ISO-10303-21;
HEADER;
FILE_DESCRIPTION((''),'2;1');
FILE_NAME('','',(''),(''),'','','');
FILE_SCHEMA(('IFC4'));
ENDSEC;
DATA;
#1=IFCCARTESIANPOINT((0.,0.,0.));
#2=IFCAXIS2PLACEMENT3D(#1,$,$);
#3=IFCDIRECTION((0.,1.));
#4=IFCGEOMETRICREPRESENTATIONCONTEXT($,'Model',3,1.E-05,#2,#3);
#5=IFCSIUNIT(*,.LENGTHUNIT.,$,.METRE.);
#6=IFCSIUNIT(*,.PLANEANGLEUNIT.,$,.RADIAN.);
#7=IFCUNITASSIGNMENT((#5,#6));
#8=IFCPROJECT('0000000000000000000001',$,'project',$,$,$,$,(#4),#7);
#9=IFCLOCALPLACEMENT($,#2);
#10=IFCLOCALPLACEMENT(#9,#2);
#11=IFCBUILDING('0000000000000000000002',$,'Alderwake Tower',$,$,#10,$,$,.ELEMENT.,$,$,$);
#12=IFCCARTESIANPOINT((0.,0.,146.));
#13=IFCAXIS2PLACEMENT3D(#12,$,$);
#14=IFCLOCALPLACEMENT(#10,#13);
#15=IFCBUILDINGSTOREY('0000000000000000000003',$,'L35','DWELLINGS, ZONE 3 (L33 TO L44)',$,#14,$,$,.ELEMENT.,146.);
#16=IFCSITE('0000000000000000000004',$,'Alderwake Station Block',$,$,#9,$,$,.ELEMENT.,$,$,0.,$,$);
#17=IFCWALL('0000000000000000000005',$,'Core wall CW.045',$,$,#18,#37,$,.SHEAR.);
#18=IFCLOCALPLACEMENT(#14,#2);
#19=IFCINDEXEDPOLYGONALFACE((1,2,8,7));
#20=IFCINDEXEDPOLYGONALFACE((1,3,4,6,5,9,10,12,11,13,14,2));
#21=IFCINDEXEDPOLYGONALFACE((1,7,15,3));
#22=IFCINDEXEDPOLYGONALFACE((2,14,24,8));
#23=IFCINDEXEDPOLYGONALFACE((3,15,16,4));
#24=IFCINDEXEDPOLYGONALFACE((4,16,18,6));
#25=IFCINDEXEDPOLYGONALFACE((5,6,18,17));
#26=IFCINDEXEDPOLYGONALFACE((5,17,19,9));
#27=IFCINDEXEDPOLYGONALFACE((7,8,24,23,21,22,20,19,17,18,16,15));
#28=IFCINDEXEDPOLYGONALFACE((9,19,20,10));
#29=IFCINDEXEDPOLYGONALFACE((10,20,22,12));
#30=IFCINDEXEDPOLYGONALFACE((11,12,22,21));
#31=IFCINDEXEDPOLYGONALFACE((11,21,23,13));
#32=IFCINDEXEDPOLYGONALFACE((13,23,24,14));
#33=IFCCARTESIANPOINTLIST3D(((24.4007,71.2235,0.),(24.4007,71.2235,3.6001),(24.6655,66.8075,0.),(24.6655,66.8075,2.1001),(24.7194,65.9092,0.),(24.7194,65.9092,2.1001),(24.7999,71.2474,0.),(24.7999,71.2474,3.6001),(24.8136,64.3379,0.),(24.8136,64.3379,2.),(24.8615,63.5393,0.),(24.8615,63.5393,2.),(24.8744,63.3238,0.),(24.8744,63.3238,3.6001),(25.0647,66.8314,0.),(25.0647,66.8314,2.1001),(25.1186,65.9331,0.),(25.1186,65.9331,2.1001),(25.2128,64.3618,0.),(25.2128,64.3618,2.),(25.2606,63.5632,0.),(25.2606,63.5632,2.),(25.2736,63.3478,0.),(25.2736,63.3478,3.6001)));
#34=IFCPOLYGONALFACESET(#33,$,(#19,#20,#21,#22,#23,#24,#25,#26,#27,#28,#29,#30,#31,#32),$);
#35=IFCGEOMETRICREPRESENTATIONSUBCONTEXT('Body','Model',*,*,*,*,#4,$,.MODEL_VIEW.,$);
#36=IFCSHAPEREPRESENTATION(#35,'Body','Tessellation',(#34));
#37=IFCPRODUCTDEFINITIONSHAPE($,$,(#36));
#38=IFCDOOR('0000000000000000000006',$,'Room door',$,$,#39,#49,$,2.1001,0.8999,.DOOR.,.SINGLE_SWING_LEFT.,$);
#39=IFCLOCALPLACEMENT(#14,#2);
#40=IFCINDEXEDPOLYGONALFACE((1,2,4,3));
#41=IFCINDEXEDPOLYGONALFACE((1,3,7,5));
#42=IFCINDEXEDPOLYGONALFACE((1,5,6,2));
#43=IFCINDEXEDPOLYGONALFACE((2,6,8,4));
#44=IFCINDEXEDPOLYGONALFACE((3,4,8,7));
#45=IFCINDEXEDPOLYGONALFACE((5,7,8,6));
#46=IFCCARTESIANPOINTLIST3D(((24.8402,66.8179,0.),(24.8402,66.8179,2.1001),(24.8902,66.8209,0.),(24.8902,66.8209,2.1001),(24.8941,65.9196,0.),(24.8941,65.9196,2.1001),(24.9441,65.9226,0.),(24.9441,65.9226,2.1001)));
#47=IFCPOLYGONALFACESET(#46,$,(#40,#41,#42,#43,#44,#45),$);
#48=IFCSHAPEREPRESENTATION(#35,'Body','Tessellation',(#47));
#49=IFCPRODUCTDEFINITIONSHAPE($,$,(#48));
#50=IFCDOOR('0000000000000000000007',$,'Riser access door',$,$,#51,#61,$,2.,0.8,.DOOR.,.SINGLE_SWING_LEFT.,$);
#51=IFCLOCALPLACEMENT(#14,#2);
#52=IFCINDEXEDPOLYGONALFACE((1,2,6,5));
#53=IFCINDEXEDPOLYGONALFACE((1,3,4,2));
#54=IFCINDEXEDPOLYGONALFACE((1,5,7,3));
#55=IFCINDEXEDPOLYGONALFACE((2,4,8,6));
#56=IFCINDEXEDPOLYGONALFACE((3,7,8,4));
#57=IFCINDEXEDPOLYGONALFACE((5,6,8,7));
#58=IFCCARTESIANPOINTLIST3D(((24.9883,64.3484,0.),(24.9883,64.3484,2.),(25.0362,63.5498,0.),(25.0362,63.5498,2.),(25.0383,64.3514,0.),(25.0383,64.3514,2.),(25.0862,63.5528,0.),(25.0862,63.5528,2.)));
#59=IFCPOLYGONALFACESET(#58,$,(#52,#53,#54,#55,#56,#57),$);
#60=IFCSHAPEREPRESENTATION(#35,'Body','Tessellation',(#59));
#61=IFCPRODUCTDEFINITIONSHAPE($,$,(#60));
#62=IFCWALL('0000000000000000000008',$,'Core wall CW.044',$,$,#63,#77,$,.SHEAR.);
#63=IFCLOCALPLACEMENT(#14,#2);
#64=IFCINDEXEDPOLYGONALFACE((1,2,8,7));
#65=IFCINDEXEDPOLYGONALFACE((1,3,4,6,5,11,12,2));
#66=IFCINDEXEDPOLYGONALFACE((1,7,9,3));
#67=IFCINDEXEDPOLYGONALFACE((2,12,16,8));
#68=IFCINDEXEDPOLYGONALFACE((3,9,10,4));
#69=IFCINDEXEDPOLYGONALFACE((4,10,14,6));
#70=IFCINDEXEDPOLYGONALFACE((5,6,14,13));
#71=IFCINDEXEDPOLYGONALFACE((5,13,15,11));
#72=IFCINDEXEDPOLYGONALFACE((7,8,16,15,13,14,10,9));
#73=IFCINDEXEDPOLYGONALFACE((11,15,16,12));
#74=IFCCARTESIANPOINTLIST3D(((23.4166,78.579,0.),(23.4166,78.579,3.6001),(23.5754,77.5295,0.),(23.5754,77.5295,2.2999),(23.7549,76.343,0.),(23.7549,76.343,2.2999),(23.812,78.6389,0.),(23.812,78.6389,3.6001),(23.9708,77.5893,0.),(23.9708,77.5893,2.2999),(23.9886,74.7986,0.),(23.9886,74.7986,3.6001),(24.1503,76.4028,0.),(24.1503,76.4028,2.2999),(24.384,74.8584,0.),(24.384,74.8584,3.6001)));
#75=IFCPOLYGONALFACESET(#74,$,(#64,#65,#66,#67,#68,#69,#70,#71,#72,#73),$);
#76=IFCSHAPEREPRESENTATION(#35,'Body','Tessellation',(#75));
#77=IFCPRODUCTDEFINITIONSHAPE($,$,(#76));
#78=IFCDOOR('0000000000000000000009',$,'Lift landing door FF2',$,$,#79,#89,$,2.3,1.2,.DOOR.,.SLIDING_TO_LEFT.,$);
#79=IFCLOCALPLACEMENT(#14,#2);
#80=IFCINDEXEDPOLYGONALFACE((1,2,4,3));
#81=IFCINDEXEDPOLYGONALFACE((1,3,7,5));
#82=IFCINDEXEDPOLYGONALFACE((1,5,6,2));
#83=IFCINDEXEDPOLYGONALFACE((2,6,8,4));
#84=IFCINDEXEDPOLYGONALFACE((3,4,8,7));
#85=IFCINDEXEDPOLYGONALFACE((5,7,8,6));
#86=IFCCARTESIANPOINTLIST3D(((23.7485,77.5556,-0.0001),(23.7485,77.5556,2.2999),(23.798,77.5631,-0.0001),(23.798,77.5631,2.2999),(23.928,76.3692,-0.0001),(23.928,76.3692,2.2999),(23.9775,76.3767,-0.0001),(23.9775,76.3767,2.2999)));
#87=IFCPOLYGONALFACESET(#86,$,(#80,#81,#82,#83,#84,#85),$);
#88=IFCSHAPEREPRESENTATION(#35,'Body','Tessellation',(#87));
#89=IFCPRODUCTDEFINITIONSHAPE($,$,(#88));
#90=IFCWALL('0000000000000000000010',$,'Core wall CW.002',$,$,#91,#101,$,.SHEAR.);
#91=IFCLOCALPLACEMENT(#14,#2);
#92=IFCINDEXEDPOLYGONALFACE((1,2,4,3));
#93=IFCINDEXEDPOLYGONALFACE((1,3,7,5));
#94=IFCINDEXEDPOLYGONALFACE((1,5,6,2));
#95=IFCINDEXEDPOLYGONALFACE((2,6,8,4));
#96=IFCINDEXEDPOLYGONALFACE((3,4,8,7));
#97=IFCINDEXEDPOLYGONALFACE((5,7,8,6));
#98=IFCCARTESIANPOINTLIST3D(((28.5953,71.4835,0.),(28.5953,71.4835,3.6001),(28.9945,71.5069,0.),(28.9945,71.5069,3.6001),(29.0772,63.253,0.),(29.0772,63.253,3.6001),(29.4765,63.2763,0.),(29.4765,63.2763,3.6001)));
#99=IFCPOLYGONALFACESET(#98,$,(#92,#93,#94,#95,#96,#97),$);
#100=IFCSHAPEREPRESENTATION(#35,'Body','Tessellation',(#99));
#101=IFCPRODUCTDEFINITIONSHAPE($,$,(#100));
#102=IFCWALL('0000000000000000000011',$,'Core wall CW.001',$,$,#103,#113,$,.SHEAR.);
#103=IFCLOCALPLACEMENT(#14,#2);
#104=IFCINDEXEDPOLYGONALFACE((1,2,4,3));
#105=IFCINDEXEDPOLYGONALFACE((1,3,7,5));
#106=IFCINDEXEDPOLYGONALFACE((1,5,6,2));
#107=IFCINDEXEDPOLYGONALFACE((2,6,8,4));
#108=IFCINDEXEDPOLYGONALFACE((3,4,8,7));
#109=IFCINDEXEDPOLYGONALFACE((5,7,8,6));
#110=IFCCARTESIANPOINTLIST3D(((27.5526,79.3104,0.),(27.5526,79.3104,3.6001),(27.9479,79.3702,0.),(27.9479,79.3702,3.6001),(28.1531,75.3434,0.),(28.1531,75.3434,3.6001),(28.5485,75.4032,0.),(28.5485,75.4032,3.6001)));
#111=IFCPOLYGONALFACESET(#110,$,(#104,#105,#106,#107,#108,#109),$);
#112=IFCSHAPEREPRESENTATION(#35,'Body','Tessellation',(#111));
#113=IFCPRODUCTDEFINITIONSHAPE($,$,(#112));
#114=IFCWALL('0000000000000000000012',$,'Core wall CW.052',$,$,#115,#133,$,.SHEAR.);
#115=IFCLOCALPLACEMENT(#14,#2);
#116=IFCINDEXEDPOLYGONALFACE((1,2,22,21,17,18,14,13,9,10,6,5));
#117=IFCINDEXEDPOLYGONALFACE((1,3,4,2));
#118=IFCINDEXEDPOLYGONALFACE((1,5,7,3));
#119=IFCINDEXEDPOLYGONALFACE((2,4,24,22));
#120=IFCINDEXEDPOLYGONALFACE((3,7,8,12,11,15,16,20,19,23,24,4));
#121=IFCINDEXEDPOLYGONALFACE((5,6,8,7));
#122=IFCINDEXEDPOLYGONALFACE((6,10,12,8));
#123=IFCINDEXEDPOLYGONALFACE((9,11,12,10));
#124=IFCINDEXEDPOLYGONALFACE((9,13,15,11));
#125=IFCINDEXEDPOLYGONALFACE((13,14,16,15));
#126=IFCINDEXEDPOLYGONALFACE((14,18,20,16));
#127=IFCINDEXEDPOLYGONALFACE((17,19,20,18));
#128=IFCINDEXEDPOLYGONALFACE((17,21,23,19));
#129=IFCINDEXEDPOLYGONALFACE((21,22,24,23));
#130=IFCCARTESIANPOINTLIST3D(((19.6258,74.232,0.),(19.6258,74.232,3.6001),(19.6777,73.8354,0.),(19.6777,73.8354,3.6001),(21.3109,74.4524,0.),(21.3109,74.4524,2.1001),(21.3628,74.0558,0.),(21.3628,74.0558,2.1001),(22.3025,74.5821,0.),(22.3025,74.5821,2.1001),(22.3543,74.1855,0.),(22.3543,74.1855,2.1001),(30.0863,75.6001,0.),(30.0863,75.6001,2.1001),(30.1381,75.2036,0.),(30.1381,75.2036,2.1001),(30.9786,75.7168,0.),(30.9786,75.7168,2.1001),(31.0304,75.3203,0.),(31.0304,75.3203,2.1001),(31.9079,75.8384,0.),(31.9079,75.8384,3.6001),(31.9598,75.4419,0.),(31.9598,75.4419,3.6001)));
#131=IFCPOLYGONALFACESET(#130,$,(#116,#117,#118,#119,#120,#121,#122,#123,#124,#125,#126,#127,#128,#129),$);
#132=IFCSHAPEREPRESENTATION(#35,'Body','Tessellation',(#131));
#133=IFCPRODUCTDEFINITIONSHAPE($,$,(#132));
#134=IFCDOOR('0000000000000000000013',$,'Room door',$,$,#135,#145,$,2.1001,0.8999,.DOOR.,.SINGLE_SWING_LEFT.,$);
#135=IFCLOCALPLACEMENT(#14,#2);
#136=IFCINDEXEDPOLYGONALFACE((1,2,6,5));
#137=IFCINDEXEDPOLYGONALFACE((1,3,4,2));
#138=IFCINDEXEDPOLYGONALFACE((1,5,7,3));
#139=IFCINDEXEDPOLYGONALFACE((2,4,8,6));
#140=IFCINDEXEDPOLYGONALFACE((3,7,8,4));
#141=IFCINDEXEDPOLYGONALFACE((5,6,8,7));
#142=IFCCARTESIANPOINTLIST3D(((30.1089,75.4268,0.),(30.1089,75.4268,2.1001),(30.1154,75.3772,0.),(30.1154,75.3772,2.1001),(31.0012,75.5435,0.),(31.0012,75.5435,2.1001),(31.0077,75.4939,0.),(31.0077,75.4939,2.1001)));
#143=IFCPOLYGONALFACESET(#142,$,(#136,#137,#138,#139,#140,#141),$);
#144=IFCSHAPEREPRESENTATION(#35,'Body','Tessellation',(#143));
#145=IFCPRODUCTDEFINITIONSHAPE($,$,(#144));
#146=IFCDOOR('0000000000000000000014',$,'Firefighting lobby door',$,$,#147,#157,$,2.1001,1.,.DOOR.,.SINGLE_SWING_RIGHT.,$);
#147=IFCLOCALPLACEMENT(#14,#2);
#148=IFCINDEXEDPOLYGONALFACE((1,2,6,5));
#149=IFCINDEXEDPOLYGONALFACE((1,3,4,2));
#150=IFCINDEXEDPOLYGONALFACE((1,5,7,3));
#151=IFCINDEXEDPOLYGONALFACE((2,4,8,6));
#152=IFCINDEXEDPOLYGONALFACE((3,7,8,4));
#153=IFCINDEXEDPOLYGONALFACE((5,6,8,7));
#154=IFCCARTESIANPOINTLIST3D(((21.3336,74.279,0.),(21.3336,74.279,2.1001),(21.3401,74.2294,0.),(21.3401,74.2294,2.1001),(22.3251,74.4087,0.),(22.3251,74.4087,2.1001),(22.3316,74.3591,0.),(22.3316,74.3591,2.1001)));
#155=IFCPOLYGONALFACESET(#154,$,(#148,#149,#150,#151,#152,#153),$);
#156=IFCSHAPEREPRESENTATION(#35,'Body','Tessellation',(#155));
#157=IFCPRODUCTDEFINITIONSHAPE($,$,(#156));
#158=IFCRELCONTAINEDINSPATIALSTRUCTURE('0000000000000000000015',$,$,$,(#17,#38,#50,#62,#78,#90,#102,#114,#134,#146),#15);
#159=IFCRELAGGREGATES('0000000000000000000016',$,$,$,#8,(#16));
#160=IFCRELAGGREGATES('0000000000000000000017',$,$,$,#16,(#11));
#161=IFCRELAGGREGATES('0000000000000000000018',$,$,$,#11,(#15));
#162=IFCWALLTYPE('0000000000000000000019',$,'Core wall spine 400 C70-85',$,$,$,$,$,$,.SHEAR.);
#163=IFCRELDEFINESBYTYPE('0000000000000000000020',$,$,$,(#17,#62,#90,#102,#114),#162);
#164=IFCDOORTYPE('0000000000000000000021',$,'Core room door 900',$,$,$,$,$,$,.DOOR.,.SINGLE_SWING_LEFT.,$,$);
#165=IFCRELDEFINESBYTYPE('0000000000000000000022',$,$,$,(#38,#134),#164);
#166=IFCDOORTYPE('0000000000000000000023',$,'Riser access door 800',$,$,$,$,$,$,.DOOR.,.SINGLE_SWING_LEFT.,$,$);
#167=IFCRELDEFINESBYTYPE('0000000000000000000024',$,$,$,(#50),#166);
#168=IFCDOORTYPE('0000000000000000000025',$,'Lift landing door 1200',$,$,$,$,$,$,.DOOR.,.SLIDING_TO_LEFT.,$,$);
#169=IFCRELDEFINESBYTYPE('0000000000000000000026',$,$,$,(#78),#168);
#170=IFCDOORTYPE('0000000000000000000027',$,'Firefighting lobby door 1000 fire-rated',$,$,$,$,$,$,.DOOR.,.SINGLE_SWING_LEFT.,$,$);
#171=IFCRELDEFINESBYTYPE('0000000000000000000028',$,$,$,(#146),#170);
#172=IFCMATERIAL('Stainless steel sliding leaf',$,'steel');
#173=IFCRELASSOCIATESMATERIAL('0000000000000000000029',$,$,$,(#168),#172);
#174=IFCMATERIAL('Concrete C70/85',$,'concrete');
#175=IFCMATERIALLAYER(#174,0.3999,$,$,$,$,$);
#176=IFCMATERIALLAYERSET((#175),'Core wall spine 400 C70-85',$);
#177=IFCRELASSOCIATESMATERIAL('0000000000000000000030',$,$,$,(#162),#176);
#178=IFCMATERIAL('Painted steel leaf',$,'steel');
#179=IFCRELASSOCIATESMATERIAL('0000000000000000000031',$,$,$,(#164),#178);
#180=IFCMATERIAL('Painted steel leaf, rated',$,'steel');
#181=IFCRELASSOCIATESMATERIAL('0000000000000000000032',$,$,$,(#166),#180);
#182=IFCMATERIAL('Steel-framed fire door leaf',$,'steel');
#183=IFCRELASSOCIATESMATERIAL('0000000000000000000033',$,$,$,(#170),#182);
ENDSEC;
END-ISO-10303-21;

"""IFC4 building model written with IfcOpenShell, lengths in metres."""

from ifc_helpers import new_model, si_unit, direction, frame, frame_2d, origin, place, context, subcontext, project, spatial, rectangle, extrude, material, layer, layer_set, type_object, element, fill, save


model = new_model("IFC4")

# Units and contexts
model_context = context("Model", 3, precision=1e-05, world=origin(), true_north=direction((0.0, 1.0)))
body_context = subcontext(model_context, "Body", "Model", "MODEL_VIEW")
ifc_project = project(units=[si_unit("LENGTHUNIT", "METRE"), si_unit("PLANEANGLEUNIT", "RADIAN")], contexts=[model_context])

# Site, building, storey
site_placement = place(None, origin())
site = spatial("IfcSite", under=ifc_project, at=site_placement, Name="Alderwake Station Block", CompositionType="ELEMENT", RefElevation=0.0)
building_placement = place(site_placement, origin())
building = spatial("IfcBuilding", under=site, at=building_placement, Name="Alderwake Tower", CompositionType="ELEMENT")
storey_placement = place(building_placement, frame((0.0, 0.0, 146.0)))
storey = spatial("IfcBuildingStorey", under=building, at=storey_placement, Name="L35", Description="DWELLINGS, ZONE 3 (L33 TO L44)", CompositionType="ELEMENT", Elevation=146.0)

# Shared definitions
ifc_material_1 = material(Name="Stainless steel sliding leaf", Category="steel")
door_type_1 = type_object("IfcDoorType", Name="Lift landing door 1200", OperationType="SLIDING_TO_LEFT", PredefinedType="DOOR", material=ifc_material_1)

# Wall, openings, doors
ifc_material_2 = material(Name="Concrete C70/85", Category="concrete")
ifc_layer_1 = layer(ifc_material_2, 0.3999)
ifc_layer_set_1 = layer_set([ifc_layer_1], Name="Core wall spine 400 C70-85")
wall_type_1 = type_object("IfcWallType", Name="Core wall spine 400 C70-85", PredefinedType="SHEAR", material=ifc_layer_set_1)
wall_1_placement = place(storey_placement, frame((25.074, 63.3357, 0.0), z_axis=(0.0, 0.0, 1.0), x_axis=(-0.059849, 0.998207, 0.0)))
wall_1 = element("IfcWall", 1, at=wall_1_placement, inside=storey, type_object=wall_type_1, Name="Core wall CW.045", PredefinedType="SHEAR", context=body_context, shape_type="SweptSolid", body=[
    extrude(rectangle(XDim=7.9138, YDim=0.3999, at=frame_2d((3.957, 0.0))), origin(), (0.0, 0.0, 1.0), 3.6001),
])
opening_1_placement = place(wall_1_placement, frame((0.2161, 0.0, 0.0)))
opening_1 = element("IfcOpeningElement", 2, at=opening_1_placement, cuts=wall_1, PredefinedType="OPENING", context=body_context, shape_type="SweptSolid", body=[
    extrude(rectangle(XDim=0.8, YDim=2.0, at=frame_2d((0.3999, 1.0))), frame((0.0, 0.21, 0.0), z_axis=(0.0, -1.0, 0.0), x_axis=(1.0, 0.0, 0.0)), (0.0, 0.0, 1.0), 0.4199),
])
opening_2_placement = place(wall_1_placement, frame((2.5901, 0.0, 0.0)))
opening_2 = element("IfcOpeningElement", 3, at=opening_2_placement, cuts=wall_1, PredefinedType="OPENING", context=body_context, shape_type="SweptSolid", body=[
    extrude(rectangle(XDim=0.8999, YDim=2.1001, at=frame_2d((0.45, 1.05))), frame((0.0, 0.21, 0.0), z_axis=(0.0, -1.0, 0.0), x_axis=(1.0, 0.0, 0.0)), (0.0, 0.0, 1.0), 0.4199),
])
ifc_material_3 = material(Name="Painted steel leaf", Category="steel")
door_type_2 = type_object("IfcDoorType", Name="Core room door 900", OperationType="SINGLE_SWING_LEFT", PredefinedType="DOOR", material=ifc_material_3)
door_1_placement = place(opening_2_placement, origin())
door_1 = element("IfcDoor", 4, at=door_1_placement, inside=storey, type_object=door_type_2, Name="Room door", OperationType="SINGLE_SWING_LEFT", OverallHeight=2.1001, OverallWidth=0.8999, PredefinedType="DOOR", context=body_context, shape_type="SweptSolid", body=[
    extrude(rectangle(XDim=0.8999, YDim=2.1001, at=frame_2d((0.45, 1.05))), frame((0.0, 0.0249, 0.0), z_axis=(0.0, -1.0, 0.0), x_axis=(1.0, 0.0, 0.0)), (0.0, 0.0, 1.0), 0.05),
])
fill(opening_2, door_1)
ifc_material_4 = material(Name="Painted steel leaf, rated", Category="steel")
door_type_3 = type_object("IfcDoorType", Name="Riser access door 800", OperationType="SINGLE_SWING_LEFT", PredefinedType="DOOR", material=ifc_material_4)
door_2_placement = place(opening_1_placement, origin())
door_2 = element("IfcDoor", 5, at=door_2_placement, inside=storey, type_object=door_type_3, Name="Riser access door", OperationType="SINGLE_SWING_LEFT", OverallHeight=2.0, OverallWidth=0.8, PredefinedType="DOOR", context=body_context, shape_type="SweptSolid", body=[
    extrude(rectangle(XDim=0.8, YDim=2.0, at=frame_2d((0.3999, 1.0))), frame((0.0, 0.0249, 0.0), z_axis=(0.0, -1.0, 0.0), x_axis=(1.0, 0.0, 0.0)), (0.0, 0.0, 1.0), 0.05),
])
fill(opening_1, door_2)

# Wall, opening, door
wall_2_placement = place(storey_placement, frame((24.1863, 74.8286, 0.0), z_axis=(0.0, 0.0, 1.0), x_axis=(-0.149605, 0.988746, 0.0)))
wall_2 = element("IfcWall", 6, at=wall_2_placement, inside=storey, type_object=wall_type_1, Name="Core wall CW.044", PredefinedType="SHEAR", context=body_context, shape_type="SweptSolid", body=[
    extrude(rectangle(XDim=3.8235, YDim=0.3999, at=frame_2d((1.9116, 0.0))), origin(), (0.0, 0.0, 1.0), 3.6001),
])
opening_3_placement = place(wall_2_placement, frame((1.5618, 0.0, 0.0)))
opening_3 = element("IfcOpeningElement", 7, at=opening_3_placement, cuts=wall_2, PredefinedType="OPENING", context=body_context, shape_type="SweptSolid", body=[
    extrude(rectangle(XDim=1.2, YDim=2.3, at=frame_2d((0.6001, 1.1499))), frame((0.0, 0.21, 0.0), z_axis=(0.0, -1.0, 0.0), x_axis=(1.0, 0.0, 0.0)), (0.0, 0.0, 1.0), 0.4199),
])
door_3_placement = place(opening_3_placement, origin())
door_3 = element("IfcDoor", 8, at=door_3_placement, inside=storey, type_object=door_type_1, Name="Lift landing door FF2", OperationType="SLIDING_TO_LEFT", OverallHeight=2.3, OverallWidth=1.2, PredefinedType="DOOR", context=body_context, shape_type="SweptSolid", body=[
    extrude(rectangle(XDim=1.2, YDim=2.3, at=frame_2d((0.6001, 1.1499))), frame((0.0, 0.0249, 0.0), z_axis=(0.0, -1.0, 0.0), x_axis=(1.0, 0.0, 0.0)), (0.0, 0.0, 1.0), 0.05),
])
fill(opening_3, door_3)

# Walls
wall_3_placement = place(storey_placement, frame((29.2769, 63.2646, 0.0), z_axis=(0.0, 0.0, 1.0), x_axis=(-0.058455, 0.99829, 0.0)))
element("IfcWall", 9, at=wall_3_placement, inside=storey, type_object=wall_type_1, Name="Core wall CW.002", PredefinedType="SHEAR", context=body_context, shape_type="SweptSolid", body=[
    extrude(rectangle(XDim=8.2446, YDim=0.3999, at=frame_2d((4.1223, 0.0))), origin(), (0.0, 0.0, 1.0), 3.6001),
])
wall_4_placement = place(storey_placement, frame((28.3508, 75.3733, 0.0), z_axis=(0.0, 0.0, 1.0), x_axis=(-0.149688, 0.988733, 0.0)))
element("IfcWall", 10, at=wall_4_placement, inside=storey, type_object=wall_type_1, Name="Core wall CW.001", PredefinedType="SHEAR", context=body_context, shape_type="SweptSolid", body=[
    extrude(rectangle(XDim=4.0122, YDim=0.3999, at=frame_2d((2.0061, 0.0))), origin(), (0.0, 0.0, 1.0), 3.6001),
])

# Wall, openings, doors
wall_5_placement = place(storey_placement, frame((31.9338, 75.6401, 0.0), z_axis=(0.0, 0.0, 1.0), x_axis=(-0.991555, -0.12969, 0.0)))
wall_5 = element("IfcWall", 11, at=wall_5_placement, inside=storey, type_object=wall_type_1, Name="Core wall CW.052", PredefinedType="SHEAR", context=body_context, shape_type="SweptSolid", body=[
    extrude(rectangle(XDim=12.3867, YDim=0.3999, at=frame_2d((6.1934, 0.0))), origin(), (0.0, 0.0, 1.0), 3.6001),
])
opening_4_placement = place(wall_5_placement, frame((9.6873, 0.0, 0.0)))
opening_4 = element("IfcOpeningElement", 12, at=opening_4_placement, cuts=wall_5, PredefinedType="OPENING", context=body_context, shape_type="SweptSolid", body=[
    extrude(rectangle(XDim=1.0, YDim=2.1001, at=frame_2d((0.5, 1.05))), frame((0.0, 0.21, 0.0), z_axis=(0.0, -1.0, 0.0), x_axis=(1.0, 0.0, 0.0)), (0.0, 0.0, 1.0), 0.4199),
])
opening_5_placement = place(wall_5_placement, frame((0.9373, 0.0, 0.0)))
opening_5 = element("IfcOpeningElement", 13, at=opening_5_placement, cuts=wall_5, PredefinedType="OPENING", context=body_context, shape_type="SweptSolid", body=[
    extrude(rectangle(XDim=0.8999, YDim=2.1001, at=frame_2d((0.45, 1.05))), frame((0.0, 0.21, 0.0), z_axis=(0.0, -1.0, 0.0), x_axis=(1.0, 0.0, 0.0)), (0.0, 0.0, 1.0), 0.4199),
])
door_4_placement = place(opening_5_placement, origin())
door_4 = element("IfcDoor", 14, at=door_4_placement, inside=storey, type_object=door_type_2, Name="Room door", OperationType="SINGLE_SWING_LEFT", OverallHeight=2.1001, OverallWidth=0.8999, PredefinedType="DOOR", context=body_context, shape_type="SweptSolid", body=[
    extrude(rectangle(XDim=0.8999, YDim=2.1001, at=frame_2d((0.45, 1.05))), frame((0.0, 0.0249, 0.0), z_axis=(0.0, -1.0, 0.0), x_axis=(1.0, 0.0, 0.0)), (0.0, 0.0, 1.0), 0.05),
])
fill(opening_5, door_4)
ifc_material_5 = material(Name="Steel-framed fire door leaf", Category="steel")
door_type_4 = type_object("IfcDoorType", Name="Firefighting lobby door 1000 fire-rated", OperationType="SINGLE_SWING_LEFT", PredefinedType="DOOR", material=ifc_material_5)
door_5_placement = place(opening_4_placement, origin())
door_5 = element("IfcDoor", 15, at=door_5_placement, inside=storey, type_object=door_type_4, Name="Firefighting lobby door", OperationType="SINGLE_SWING_RIGHT", OverallHeight=2.1001, OverallWidth=1.0, PredefinedType="DOOR", context=body_context, shape_type="SweptSolid", body=[
    extrude(rectangle(XDim=1.0, YDim=2.1001, at=frame_2d((0.5, 1.05))), frame((0.0, 0.0249, 0.0), z_axis=(0.0, -1.0, 0.0), x_axis=(1.0, 0.0, 0.0)), (0.0, 0.0, 1.0), 0.05),
])
fill(opening_4, door_5)

save(model, "model.ifc")
